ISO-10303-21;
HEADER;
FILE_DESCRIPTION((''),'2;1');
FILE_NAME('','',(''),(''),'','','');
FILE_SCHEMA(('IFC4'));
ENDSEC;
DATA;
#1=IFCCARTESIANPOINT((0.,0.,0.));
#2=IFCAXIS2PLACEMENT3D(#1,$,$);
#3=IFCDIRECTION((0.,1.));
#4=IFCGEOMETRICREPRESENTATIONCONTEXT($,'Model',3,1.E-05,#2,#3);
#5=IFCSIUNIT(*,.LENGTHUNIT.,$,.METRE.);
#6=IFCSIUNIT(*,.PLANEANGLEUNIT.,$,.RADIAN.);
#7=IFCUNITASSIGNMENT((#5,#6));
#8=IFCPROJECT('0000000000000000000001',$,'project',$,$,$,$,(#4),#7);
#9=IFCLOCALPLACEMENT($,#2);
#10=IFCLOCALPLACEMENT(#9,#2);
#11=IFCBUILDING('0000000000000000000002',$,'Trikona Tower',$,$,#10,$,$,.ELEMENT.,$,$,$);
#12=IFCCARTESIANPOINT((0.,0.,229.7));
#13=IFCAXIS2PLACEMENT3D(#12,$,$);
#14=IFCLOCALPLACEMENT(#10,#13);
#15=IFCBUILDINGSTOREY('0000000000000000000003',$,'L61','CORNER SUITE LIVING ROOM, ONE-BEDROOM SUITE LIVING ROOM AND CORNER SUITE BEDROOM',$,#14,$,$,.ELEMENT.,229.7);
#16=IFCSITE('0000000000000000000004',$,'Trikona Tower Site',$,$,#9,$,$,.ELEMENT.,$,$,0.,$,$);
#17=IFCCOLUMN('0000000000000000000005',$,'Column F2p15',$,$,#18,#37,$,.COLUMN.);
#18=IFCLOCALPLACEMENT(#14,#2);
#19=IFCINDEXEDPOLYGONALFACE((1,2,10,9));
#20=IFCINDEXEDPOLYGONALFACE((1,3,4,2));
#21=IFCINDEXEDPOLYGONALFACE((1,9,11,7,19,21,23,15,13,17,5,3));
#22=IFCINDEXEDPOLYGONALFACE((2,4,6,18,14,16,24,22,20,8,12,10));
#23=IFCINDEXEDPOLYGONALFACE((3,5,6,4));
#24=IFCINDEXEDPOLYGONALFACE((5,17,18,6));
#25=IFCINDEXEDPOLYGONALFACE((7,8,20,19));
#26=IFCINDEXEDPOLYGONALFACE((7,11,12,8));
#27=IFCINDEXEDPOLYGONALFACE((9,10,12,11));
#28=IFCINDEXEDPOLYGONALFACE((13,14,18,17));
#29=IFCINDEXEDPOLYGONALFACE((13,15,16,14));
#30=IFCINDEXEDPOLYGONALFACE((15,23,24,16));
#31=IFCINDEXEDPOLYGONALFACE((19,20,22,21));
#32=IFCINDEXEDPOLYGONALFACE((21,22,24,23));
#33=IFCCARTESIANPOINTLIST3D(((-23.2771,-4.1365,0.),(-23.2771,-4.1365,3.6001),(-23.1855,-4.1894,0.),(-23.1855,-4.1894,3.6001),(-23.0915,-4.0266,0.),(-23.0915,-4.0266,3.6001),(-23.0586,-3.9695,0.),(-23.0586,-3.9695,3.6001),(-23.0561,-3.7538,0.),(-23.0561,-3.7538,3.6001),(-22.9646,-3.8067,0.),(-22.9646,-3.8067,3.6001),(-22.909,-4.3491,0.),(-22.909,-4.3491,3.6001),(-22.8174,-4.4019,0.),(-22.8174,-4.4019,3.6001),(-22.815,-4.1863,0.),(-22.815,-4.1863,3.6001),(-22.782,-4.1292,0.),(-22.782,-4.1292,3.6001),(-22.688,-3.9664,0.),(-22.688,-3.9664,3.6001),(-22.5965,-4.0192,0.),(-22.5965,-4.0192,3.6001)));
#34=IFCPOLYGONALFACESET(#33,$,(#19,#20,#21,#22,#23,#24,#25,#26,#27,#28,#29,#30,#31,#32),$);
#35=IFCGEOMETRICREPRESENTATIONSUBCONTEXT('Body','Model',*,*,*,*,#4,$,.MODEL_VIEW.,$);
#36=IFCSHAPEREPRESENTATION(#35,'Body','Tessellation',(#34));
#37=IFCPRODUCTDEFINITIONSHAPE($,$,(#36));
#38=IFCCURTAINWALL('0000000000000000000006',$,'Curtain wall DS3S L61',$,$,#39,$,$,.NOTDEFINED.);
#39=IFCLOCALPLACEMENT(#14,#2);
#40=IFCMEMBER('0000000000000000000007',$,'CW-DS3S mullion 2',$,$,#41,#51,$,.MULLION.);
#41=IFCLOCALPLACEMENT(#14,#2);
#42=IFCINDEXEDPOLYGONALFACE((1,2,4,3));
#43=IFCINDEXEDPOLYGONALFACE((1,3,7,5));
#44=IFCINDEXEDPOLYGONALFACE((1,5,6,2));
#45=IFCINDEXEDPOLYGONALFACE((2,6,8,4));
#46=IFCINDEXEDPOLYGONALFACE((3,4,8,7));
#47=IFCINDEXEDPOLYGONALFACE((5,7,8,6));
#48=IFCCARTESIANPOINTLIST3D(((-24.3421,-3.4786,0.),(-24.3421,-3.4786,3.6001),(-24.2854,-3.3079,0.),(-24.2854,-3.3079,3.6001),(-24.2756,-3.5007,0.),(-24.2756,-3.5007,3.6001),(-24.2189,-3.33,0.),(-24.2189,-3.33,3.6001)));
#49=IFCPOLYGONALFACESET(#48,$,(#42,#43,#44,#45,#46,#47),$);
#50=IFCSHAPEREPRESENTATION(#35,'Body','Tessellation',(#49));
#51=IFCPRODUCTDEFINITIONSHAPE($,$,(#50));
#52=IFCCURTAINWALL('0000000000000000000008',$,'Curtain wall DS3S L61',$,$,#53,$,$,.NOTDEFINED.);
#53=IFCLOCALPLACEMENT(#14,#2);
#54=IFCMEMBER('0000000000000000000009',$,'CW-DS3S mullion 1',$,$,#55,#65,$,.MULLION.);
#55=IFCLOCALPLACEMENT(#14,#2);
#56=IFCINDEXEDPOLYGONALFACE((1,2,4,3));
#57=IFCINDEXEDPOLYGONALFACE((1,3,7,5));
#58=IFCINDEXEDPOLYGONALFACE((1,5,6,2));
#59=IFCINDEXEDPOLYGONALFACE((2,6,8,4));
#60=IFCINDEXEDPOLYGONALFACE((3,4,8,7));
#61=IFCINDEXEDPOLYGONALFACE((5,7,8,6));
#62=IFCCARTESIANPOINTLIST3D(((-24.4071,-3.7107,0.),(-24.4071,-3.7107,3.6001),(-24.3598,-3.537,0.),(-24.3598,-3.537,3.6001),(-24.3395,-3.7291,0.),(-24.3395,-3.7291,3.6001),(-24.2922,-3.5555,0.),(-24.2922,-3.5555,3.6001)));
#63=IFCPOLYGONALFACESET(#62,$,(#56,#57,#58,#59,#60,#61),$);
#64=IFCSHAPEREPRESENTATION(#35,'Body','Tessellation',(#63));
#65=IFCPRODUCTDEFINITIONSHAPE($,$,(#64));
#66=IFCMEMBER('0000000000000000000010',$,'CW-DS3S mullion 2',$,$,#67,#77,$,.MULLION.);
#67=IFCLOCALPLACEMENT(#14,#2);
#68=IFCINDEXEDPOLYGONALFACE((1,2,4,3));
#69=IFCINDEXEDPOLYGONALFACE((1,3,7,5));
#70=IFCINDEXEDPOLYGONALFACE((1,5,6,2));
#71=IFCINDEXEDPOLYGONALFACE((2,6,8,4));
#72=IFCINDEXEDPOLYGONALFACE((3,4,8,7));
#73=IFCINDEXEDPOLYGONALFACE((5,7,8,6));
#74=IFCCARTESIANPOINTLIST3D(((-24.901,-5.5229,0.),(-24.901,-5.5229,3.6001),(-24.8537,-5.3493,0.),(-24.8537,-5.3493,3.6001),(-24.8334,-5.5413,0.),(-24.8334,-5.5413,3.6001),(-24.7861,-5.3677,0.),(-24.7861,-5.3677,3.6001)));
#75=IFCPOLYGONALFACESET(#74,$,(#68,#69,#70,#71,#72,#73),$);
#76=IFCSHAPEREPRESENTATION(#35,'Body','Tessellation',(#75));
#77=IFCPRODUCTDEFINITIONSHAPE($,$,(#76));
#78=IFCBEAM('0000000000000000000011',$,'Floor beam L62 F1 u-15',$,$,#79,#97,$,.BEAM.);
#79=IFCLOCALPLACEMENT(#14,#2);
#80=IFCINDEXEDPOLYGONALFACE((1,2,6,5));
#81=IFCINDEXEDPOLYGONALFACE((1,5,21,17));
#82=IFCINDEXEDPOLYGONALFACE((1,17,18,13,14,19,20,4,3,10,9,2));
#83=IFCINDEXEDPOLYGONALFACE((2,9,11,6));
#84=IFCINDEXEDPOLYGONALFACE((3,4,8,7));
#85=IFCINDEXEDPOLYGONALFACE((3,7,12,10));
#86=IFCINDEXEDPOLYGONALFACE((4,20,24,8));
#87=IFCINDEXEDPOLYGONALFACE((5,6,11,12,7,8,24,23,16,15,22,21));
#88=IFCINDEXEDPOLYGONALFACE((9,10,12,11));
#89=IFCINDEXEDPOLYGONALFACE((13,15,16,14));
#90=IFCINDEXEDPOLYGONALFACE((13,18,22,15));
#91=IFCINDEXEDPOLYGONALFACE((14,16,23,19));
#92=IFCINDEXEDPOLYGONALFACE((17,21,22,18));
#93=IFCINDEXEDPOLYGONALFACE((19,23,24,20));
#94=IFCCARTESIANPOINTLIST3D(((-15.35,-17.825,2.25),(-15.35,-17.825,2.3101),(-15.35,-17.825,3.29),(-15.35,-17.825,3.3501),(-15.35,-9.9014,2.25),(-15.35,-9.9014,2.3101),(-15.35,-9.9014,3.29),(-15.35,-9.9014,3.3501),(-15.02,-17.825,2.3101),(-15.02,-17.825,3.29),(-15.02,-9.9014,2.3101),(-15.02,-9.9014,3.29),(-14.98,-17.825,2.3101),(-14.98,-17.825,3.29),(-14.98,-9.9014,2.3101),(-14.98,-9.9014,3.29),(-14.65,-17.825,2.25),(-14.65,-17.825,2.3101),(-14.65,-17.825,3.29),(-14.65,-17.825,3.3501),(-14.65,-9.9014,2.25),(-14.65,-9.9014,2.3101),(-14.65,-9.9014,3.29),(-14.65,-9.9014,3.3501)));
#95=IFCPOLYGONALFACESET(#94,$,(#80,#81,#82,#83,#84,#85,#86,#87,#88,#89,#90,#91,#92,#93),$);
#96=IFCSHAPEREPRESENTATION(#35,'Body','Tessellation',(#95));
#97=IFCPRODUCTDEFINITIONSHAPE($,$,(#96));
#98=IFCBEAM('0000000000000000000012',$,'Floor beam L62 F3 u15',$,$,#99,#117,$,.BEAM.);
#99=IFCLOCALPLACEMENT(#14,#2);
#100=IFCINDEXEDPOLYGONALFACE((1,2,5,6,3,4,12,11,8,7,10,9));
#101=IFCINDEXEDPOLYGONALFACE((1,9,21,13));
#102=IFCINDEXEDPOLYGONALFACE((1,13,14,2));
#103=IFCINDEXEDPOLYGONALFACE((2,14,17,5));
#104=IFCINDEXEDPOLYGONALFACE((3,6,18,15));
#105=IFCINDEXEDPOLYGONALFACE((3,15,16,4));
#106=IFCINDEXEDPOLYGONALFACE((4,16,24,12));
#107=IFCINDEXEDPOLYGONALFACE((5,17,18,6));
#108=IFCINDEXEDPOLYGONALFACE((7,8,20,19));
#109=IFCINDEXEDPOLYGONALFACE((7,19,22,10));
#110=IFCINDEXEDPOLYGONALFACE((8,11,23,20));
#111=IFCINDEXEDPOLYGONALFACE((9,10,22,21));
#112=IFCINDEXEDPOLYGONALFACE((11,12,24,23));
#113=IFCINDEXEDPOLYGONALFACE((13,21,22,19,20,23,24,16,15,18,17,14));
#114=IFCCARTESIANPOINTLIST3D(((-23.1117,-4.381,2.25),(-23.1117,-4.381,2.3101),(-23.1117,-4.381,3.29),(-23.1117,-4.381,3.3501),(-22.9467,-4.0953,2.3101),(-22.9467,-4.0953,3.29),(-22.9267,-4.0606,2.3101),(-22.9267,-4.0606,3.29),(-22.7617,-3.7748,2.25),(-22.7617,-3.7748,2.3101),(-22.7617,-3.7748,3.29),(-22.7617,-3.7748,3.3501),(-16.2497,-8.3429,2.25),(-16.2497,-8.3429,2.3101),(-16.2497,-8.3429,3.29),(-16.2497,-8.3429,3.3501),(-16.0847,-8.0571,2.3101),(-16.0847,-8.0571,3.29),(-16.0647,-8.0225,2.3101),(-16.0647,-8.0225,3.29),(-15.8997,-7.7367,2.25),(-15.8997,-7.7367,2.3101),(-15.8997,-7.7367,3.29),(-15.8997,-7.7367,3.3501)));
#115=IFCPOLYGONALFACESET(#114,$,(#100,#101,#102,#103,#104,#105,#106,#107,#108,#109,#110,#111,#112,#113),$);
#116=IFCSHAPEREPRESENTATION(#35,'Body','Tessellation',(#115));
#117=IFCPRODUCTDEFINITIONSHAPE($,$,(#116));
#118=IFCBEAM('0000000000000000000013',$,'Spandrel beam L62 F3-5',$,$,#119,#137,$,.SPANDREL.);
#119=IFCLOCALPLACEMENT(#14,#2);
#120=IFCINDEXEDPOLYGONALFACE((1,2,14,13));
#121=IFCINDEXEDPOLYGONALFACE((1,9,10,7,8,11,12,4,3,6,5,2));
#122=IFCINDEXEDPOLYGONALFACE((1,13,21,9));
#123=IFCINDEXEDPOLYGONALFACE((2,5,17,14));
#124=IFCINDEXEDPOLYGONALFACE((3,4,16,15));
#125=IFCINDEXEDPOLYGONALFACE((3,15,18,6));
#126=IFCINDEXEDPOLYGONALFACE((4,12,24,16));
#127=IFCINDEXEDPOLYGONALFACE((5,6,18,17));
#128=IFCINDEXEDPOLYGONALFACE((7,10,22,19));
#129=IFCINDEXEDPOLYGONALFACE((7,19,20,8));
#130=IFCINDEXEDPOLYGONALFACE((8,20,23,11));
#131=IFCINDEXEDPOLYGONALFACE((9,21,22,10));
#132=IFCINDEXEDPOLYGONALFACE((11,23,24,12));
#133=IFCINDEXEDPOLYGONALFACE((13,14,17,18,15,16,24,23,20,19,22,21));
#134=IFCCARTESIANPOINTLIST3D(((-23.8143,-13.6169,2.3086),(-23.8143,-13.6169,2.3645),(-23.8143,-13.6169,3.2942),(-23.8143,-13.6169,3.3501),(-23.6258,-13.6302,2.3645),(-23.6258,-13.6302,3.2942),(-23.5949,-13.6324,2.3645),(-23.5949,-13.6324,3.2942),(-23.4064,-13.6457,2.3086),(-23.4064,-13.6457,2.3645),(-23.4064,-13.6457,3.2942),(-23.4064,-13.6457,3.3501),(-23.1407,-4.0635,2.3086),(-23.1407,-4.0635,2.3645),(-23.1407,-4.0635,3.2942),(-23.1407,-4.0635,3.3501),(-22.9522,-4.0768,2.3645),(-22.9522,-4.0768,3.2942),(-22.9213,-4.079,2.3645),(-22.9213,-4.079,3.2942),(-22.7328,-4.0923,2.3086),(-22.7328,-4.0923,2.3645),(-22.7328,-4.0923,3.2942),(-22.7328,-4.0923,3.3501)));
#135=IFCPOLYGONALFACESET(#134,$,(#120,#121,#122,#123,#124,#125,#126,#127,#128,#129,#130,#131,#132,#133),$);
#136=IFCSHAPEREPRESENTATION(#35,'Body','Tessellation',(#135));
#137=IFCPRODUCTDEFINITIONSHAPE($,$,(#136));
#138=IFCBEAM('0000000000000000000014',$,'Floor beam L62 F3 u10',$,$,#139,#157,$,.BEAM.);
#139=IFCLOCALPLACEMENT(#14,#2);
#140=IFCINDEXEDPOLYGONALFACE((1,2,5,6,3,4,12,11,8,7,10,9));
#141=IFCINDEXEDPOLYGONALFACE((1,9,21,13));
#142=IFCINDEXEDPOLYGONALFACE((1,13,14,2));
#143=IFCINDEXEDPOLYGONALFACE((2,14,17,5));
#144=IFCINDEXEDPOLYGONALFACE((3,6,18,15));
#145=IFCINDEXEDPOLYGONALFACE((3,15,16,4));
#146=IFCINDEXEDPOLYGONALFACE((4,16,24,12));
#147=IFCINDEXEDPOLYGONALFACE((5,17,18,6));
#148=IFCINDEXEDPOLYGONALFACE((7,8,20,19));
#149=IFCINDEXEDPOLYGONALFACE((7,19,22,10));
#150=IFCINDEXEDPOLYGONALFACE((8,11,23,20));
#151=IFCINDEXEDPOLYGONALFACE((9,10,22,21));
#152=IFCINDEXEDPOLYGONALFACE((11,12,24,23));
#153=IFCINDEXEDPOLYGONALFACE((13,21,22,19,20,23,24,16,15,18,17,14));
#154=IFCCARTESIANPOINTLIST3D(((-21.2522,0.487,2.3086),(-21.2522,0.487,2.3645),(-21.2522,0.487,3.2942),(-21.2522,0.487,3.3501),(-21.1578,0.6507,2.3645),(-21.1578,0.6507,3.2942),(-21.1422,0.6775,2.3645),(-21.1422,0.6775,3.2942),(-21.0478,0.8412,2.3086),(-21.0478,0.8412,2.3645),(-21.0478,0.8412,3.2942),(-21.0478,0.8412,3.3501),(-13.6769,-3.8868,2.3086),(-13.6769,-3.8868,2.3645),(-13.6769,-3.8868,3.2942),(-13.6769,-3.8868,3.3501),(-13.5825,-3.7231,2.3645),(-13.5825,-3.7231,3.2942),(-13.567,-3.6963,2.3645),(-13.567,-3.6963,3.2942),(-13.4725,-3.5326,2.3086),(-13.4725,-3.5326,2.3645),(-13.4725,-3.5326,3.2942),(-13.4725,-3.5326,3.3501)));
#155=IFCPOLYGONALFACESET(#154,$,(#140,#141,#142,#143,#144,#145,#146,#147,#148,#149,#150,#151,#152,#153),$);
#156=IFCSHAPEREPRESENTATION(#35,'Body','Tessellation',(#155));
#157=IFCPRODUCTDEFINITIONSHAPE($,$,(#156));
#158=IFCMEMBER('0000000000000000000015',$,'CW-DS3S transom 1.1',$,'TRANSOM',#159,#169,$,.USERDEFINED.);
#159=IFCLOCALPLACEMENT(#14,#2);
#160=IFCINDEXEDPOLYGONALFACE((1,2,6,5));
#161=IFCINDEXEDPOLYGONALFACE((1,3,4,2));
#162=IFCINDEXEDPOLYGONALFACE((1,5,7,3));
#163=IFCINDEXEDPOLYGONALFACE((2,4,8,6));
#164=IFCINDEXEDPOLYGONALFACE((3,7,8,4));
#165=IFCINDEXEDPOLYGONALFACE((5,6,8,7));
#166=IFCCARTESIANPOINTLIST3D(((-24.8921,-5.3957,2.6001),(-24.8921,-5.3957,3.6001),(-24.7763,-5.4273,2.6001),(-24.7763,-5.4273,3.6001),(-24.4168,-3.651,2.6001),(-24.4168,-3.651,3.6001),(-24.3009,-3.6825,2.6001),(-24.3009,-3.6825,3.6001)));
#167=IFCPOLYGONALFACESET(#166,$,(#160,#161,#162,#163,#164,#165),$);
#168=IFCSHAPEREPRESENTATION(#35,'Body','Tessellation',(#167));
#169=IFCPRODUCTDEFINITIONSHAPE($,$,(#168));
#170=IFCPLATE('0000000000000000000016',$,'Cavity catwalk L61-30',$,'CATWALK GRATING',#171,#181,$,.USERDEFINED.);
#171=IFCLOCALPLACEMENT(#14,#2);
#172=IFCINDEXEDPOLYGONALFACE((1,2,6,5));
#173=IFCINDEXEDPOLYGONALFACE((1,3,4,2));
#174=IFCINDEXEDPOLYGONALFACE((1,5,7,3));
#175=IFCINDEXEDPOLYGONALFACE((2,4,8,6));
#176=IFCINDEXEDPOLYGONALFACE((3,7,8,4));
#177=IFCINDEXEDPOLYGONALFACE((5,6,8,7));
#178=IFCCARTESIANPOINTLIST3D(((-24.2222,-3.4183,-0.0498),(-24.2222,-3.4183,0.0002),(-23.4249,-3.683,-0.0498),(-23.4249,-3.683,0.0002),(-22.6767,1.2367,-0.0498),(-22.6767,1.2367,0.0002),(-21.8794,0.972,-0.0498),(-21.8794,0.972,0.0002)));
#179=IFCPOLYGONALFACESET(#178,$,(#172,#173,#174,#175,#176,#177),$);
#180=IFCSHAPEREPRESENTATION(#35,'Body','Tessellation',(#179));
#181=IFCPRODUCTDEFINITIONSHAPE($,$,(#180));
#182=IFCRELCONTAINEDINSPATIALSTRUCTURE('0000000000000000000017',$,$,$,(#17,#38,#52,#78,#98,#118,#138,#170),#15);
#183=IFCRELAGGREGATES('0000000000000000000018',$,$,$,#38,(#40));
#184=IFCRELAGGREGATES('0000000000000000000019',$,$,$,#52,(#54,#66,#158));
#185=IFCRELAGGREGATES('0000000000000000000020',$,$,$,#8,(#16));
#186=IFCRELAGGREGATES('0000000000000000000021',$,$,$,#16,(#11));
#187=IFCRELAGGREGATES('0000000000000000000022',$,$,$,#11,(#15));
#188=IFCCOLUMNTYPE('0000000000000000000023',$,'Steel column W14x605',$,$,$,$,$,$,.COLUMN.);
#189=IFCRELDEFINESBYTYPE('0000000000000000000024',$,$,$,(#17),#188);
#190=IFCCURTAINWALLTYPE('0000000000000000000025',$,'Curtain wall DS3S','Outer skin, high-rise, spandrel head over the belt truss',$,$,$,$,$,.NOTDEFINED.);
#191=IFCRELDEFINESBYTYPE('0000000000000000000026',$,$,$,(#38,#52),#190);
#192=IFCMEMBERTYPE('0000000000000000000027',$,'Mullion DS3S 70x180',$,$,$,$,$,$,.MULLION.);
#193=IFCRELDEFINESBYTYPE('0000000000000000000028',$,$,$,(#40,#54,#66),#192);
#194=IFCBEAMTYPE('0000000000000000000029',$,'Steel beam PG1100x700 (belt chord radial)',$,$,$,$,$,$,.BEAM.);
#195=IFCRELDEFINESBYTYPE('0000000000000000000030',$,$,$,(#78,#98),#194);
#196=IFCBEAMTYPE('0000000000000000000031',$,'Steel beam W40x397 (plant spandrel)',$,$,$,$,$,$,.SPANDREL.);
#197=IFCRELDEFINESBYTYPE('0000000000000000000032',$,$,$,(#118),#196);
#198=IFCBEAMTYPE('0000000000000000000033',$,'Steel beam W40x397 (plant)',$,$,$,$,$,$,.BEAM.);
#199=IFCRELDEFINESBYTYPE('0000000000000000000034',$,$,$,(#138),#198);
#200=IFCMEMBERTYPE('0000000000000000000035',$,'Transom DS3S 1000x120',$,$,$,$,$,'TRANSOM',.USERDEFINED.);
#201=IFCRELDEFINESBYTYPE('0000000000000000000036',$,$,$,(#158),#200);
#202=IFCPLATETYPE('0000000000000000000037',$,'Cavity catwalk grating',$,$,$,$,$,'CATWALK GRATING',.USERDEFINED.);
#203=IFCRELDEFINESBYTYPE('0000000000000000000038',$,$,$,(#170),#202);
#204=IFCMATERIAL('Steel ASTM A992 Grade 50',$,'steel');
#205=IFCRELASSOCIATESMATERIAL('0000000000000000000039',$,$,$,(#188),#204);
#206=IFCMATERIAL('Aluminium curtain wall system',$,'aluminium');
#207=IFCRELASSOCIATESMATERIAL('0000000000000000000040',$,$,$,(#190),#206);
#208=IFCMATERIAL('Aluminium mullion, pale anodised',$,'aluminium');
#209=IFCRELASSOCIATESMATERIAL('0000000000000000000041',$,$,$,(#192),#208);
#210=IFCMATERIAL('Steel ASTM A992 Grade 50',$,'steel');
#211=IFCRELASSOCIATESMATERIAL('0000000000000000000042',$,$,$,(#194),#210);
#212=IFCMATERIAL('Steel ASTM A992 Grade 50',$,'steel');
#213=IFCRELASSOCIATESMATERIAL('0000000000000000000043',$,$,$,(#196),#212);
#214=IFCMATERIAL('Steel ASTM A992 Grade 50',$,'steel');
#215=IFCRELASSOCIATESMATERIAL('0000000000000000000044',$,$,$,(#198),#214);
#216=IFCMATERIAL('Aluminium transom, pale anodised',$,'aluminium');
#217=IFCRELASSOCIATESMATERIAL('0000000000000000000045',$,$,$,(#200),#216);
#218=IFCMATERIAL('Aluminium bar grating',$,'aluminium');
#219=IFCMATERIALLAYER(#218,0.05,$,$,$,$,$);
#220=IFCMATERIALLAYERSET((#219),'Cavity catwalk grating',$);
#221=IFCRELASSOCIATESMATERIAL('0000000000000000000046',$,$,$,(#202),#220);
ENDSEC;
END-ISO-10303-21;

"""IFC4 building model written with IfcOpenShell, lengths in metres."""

from ifc_helpers import new_model, si_unit, direction, frame, origin, origin_2d, place, context, subcontext, project, spatial, rectangle, i_section, extrude, material, layer, layer_set, material_profile, profile_set, type_object, element, aggregate, save


model = new_model("IFC4")

# Units and contexts
model_context = context("Model", 3, precision=1e-05, world=origin(), true_north=direction((0.0, 1.0)))
body_context = subcontext(model_context, "Body", "Model", "MODEL_VIEW")
ifc_project = project(units=[si_unit("LENGTHUNIT", "METRE"), si_unit("PLANEANGLEUNIT", "RADIAN")], contexts=[model_context])

# Site, building, storey
site_placement = place(None, origin())
site = spatial("IfcSite", under=ifc_project, at=site_placement, Name="Trikona Tower Site", CompositionType="ELEMENT", RefElevation=0.0)
building_placement = place(site_placement, origin())
building = spatial("IfcBuilding", under=site, at=building_placement, Name="Trikona Tower", CompositionType="ELEMENT")
storey_placement = place(building_placement, frame((0.0, 0.0, 229.7)))
storey = spatial("IfcBuildingStorey", under=building, at=storey_placement, Name="L61", Description="CORNER SUITE LIVING ROOM, ONE-BEDROOM SUITE LIVING ROOM AND CORNER SUITE BEDROOM", CompositionType="ELEMENT", Elevation=229.7)

# Column
ifc_material_1 = material(Name="Steel ASTM A992 Grade 50", Category="steel")
ifc_material_profile_1 = material_profile(ifc_material_1, i_section(OverallWidth=0.4419, OverallDepth=0.5308, WebThickness=0.0659, FlangeThickness=0.1057, at=origin_2d()), Name="W14X605")
ifc_profile_set_1 = profile_set([ifc_material_profile_1], Name="Steel ASTM A992 Grade 50")
column_type = type_object("IfcColumnType", Name="Steel column W14x605", PredefinedType="COLUMN", material=ifc_profile_set_1)
column_placement = place(storey_placement, frame((-22.9368, -4.0779, 0.0), z_axis=(0.0, 0.0, 1.0), x_axis=(-0.5, -0.866025, 0.0)))
element("IfcColumn", 1, at=column_placement, inside=storey, type_object=column_type, Name="Column F2p15", PredefinedType="COLUMN", context=body_context, shape_type="SweptSolid", body=[
    extrude(i_section(OverallWidth=0.4419, OverallDepth=0.5308, WebThickness=0.0659, FlangeThickness=0.1057, at=origin_2d()), origin(), (0.0, 0.0, 1.0), 3.6001),
])

# Curtain wall, member
ifc_material_2 = material(Name="Aluminium curtain wall system", Category="aluminium")
curtain_wall_type = type_object("IfcCurtainWallType", Name="Curtain wall DS3S", Description="Outer skin, high-rise, spandrel head over the belt truss", PredefinedType="NOTDEFINED", material=ifc_material_2)
curtain_wall_1_placement = place(storey_placement, origin())
curtain_wall_1 = element("IfcCurtainWall", 2, at=curtain_wall_1_placement, inside=storey, type_object=curtain_wall_type, Name="Curtain wall DS3S L61", PredefinedType="NOTDEFINED")
ifc_material_3 = material(Name="Aluminium mullion, pale anodised", Category="aluminium")
ifc_material_profile_2 = material_profile(ifc_material_3, rectangle(XDim=0.0701, YDim=0.1799, at=origin_2d()), Name="MUL-DS3S")
ifc_profile_set_2 = profile_set([ifc_material_profile_2], Name="Aluminium mullion, pale anodised")
member_type_1 = type_object("IfcMemberType", Name="Mullion DS3S 70x180", PredefinedType="MULLION", material=ifc_profile_set_2)
member_1_placement = place(storey_placement, frame((-24.2805, -3.4043, 0.0), z_axis=(0.0, 0.0, 1.0), x_axis=(0.949066, -0.315078, 0.0)))
member_1 = element("IfcMember", 3, at=member_1_placement, type_object=member_type_1, Name="CW-DS3S mullion 2", PredefinedType="MULLION", context=body_context, shape_type="SweptSolid", body=[
    extrude(rectangle(XDim=0.0701, YDim=0.1799, at=origin_2d()), origin(), (0.0, 0.0, 1.0), 3.6001),
])
aggregate(curtain_wall_1, [member_1])

# Curtain wall, members
curtain_wall_2_placement = place(storey_placement, origin())
curtain_wall_2 = element("IfcCurtainWall", 4, at=curtain_wall_2_placement, inside=storey, type_object=curtain_wall_type, Name="Curtain wall DS3S L61", PredefinedType="NOTDEFINED")
member_2_placement = place(storey_placement, frame((-24.3496, -3.6331, 0.0), z_axis=(0.0, 0.0, 1.0), x_axis=(0.964838, -0.262844, 0.0)))
member_2 = element("IfcMember", 5, at=member_2_placement, type_object=member_type_1, Name="CW-DS3S mullion 1", PredefinedType="MULLION", context=body_context, shape_type="SweptSolid", body=[
    extrude(rectangle(XDim=0.0701, YDim=0.1799, at=origin_2d()), origin(), (0.0, 0.0, 1.0), 3.6001),
])
member_3_placement = place(storey_placement, frame((-24.8435, -5.4453, 0.0), z_axis=(0.0, 0.0, 1.0), x_axis=(0.964838, -0.262844, 0.0)))
member_3 = element("IfcMember", 6, at=member_3_placement, type_object=member_type_1, Name="CW-DS3S mullion 2", PredefinedType="MULLION", context=body_context, shape_type="SweptSolid", body=[
    extrude(rectangle(XDim=0.0701, YDim=0.1799, at=origin_2d()), origin(), (0.0, 0.0, 1.0), 3.6001),
])

# Beams
ifc_material_4 = material(Name="Steel ASTM A992 Grade 50", Category="steel")
ifc_material_profile_3 = material_profile(ifc_material_4, i_section(OverallWidth=0.7, OverallDepth=1.1001, WebThickness=0.04, FlangeThickness=0.0601, at=origin_2d()), Name="PG1100X700")
ifc_profile_set_3 = profile_set([ifc_material_profile_3], Name="Steel ASTM A992 Grade 50")
beam_type_1 = type_object("IfcBeamType", Name="Steel beam PG1100x700 (belt chord radial)", PredefinedType="BEAM", material=ifc_profile_set_3)
for number, where, z_axis, x_axis, name in (
    (7, (-15.0, -9.9014, 2.8), (0.0, -1.0, 0.0), (1.0, 0.0, 0.0), "Floor beam L62 F1 u-15"),
    (8, (-16.0747, -8.0398, 2.8), (-0.86602, 0.50001, 0.0), (-0.50001, -0.86602, 0.0), "Floor beam L62 F3 u15"),
):
    element("IfcBeam", number, at=place(storey_placement, frame(where, z_axis=z_axis, x_axis=x_axis)), inside=storey, type_object=beam_type_1, Name=name, PredefinedType="BEAM", context=body_context, shape_type="SweptSolid", body=[
        extrude(i_section(OverallWidth=0.7, OverallDepth=1.1001, WebThickness=0.04, FlangeThickness=0.0601, at=origin_2d()), origin(), (0.0, 0.0, 1.0), 7.9236),
    ])
ifc_material_5 = material(Name="Steel ASTM A992 Grade 50", Category="steel")
ifc_material_profile_4 = material_profile(ifc_material_5, i_section(OverallWidth=0.4089, OverallDepth=1.0415, WebThickness=0.031, FlangeThickness=0.0559, at=origin_2d()), Name="W40X397")
ifc_profile_set_4 = profile_set([ifc_material_profile_4], Name="Steel ASTM A992 Grade 50")
beam_type_2 = type_object("IfcBeamType", Name="Steel beam W40x397 (plant spandrel)", PredefinedType="SPANDREL", material=ifc_profile_set_4)
beam_1_placement = place(storey_placement, frame((-22.9368, -4.0779, 2.8293), z_axis=(-0.070332, -0.997524, 0.0), x_axis=(0.997524, -0.070332, 0.0)))
element("IfcBeam", 9, at=beam_1_placement, inside=storey, type_object=beam_type_2, Name="Spandrel beam L62 F3-5", PredefinedType="SPANDREL", context=body_context, shape_type="SweptSolid", body=[
    extrude(i_section(OverallWidth=0.4089, OverallDepth=1.0415, WebThickness=0.031, FlangeThickness=0.0559, at=origin_2d()), origin(), (0.0, 0.0, 1.0), 9.5771),
])
ifc_material_6 = material(Name="Steel ASTM A992 Grade 50", Category="steel")
ifc_material_profile_5 = material_profile(ifc_material_6, i_section(OverallWidth=0.4089, OverallDepth=1.0415, WebThickness=0.031, FlangeThickness=0.0559, at=origin_2d()), Name="W40X397")
ifc_profile_set_5 = profile_set([ifc_material_profile_5], Name="Steel ASTM A992 Grade 50")
beam_type_3 = type_object("IfcBeamType", Name="Steel beam W40x397 (plant)", PredefinedType="BEAM", material=ifc_profile_set_5)
beam_2_placement = place(storey_placement, frame((-13.5747, -3.7097, 2.8293), z_axis=(-0.866014, 0.50002, 0.0), x_axis=(-0.50002, -0.866014, 0.0)))
element("IfcBeam", 10, at=beam_2_placement, inside=storey, type_object=beam_type_3, Name="Floor beam L62 F3 u10", PredefinedType="BEAM", context=body_context, shape_type="SweptSolid", body=[
    extrude(i_section(OverallWidth=0.4089, OverallDepth=1.0415, WebThickness=0.031, FlangeThickness=0.0559, at=origin_2d()), origin(), (0.0, 0.0, 1.0), 8.7473),
])

# Member
ifc_material_7 = material(Name="Aluminium transom, pale anodised", Category="aluminium")
ifc_material_profile_6 = material_profile(ifc_material_7, rectangle(XDim=0.1201, YDim=1.0, at=origin_2d()), Name="TRN-DS3S")
ifc_profile_set_6 = profile_set([ifc_material_profile_6], Name="Aluminium transom, pale anodised")
member_type_2 = type_object("IfcMemberType", Name="Transom DS3S 1000x120", ElementType="TRANSOM", PredefinedType="USERDEFINED", material=ifc_profile_set_6)
member_4_placement = place(storey_placement, frame((-24.3589, -3.6667, 3.1001), z_axis=(-0.262843, -0.964839, 0.0), x_axis=(0.964839, -0.262843, 0.0)))
member_4 = element("IfcMember", 11, at=member_4_placement, type_object=member_type_2, Name="CW-DS3S transom 1.1", ObjectType="TRANSOM", PredefinedType="USERDEFINED", context=body_context, shape_type="SweptSolid", body=[
    extrude(rectangle(XDim=0.1201, YDim=1.0, at=origin_2d()), origin(), (0.0, 0.0, 1.0), 1.8083),
])

# Plate
ifc_material_8 = material(Name="Aluminium bar grating", Category="aluminium")
ifc_layer_1 = layer(ifc_material_8, 0.05)
ifc_layer_set_1 = layer_set([ifc_layer_1], Name="Cavity catwalk grating")
plate_type_1 = type_object("IfcPlateType", Name="Cavity catwalk grating", ElementType="CATWALK GRATING", PredefinedType="USERDEFINED", material=ifc_layer_set_1)
plate_1_placement = place(storey_placement, frame((-23.0508, -1.2231, -0.0498), z_axis=(0.0, 0.0, 1.0), x_axis=(-0.315093, -0.949061, 0.0)))
element("IfcPlate", 12, at=plate_1_placement, inside=storey, type_object=plate_type_1, Name="Cavity catwalk L61-30", ObjectType="CATWALK GRATING", PredefinedType="USERDEFINED", context=body_context, shape_type="SweptSolid", body=[
    extrude(rectangle(XDim=4.9048, YDim=0.8401, at=origin_2d()), origin(), (0.0, 0.0, 1.0), 0.05),
])

aggregate(curtain_wall_2, [member_2, member_3, member_4])

save(model, "model.ifc")
